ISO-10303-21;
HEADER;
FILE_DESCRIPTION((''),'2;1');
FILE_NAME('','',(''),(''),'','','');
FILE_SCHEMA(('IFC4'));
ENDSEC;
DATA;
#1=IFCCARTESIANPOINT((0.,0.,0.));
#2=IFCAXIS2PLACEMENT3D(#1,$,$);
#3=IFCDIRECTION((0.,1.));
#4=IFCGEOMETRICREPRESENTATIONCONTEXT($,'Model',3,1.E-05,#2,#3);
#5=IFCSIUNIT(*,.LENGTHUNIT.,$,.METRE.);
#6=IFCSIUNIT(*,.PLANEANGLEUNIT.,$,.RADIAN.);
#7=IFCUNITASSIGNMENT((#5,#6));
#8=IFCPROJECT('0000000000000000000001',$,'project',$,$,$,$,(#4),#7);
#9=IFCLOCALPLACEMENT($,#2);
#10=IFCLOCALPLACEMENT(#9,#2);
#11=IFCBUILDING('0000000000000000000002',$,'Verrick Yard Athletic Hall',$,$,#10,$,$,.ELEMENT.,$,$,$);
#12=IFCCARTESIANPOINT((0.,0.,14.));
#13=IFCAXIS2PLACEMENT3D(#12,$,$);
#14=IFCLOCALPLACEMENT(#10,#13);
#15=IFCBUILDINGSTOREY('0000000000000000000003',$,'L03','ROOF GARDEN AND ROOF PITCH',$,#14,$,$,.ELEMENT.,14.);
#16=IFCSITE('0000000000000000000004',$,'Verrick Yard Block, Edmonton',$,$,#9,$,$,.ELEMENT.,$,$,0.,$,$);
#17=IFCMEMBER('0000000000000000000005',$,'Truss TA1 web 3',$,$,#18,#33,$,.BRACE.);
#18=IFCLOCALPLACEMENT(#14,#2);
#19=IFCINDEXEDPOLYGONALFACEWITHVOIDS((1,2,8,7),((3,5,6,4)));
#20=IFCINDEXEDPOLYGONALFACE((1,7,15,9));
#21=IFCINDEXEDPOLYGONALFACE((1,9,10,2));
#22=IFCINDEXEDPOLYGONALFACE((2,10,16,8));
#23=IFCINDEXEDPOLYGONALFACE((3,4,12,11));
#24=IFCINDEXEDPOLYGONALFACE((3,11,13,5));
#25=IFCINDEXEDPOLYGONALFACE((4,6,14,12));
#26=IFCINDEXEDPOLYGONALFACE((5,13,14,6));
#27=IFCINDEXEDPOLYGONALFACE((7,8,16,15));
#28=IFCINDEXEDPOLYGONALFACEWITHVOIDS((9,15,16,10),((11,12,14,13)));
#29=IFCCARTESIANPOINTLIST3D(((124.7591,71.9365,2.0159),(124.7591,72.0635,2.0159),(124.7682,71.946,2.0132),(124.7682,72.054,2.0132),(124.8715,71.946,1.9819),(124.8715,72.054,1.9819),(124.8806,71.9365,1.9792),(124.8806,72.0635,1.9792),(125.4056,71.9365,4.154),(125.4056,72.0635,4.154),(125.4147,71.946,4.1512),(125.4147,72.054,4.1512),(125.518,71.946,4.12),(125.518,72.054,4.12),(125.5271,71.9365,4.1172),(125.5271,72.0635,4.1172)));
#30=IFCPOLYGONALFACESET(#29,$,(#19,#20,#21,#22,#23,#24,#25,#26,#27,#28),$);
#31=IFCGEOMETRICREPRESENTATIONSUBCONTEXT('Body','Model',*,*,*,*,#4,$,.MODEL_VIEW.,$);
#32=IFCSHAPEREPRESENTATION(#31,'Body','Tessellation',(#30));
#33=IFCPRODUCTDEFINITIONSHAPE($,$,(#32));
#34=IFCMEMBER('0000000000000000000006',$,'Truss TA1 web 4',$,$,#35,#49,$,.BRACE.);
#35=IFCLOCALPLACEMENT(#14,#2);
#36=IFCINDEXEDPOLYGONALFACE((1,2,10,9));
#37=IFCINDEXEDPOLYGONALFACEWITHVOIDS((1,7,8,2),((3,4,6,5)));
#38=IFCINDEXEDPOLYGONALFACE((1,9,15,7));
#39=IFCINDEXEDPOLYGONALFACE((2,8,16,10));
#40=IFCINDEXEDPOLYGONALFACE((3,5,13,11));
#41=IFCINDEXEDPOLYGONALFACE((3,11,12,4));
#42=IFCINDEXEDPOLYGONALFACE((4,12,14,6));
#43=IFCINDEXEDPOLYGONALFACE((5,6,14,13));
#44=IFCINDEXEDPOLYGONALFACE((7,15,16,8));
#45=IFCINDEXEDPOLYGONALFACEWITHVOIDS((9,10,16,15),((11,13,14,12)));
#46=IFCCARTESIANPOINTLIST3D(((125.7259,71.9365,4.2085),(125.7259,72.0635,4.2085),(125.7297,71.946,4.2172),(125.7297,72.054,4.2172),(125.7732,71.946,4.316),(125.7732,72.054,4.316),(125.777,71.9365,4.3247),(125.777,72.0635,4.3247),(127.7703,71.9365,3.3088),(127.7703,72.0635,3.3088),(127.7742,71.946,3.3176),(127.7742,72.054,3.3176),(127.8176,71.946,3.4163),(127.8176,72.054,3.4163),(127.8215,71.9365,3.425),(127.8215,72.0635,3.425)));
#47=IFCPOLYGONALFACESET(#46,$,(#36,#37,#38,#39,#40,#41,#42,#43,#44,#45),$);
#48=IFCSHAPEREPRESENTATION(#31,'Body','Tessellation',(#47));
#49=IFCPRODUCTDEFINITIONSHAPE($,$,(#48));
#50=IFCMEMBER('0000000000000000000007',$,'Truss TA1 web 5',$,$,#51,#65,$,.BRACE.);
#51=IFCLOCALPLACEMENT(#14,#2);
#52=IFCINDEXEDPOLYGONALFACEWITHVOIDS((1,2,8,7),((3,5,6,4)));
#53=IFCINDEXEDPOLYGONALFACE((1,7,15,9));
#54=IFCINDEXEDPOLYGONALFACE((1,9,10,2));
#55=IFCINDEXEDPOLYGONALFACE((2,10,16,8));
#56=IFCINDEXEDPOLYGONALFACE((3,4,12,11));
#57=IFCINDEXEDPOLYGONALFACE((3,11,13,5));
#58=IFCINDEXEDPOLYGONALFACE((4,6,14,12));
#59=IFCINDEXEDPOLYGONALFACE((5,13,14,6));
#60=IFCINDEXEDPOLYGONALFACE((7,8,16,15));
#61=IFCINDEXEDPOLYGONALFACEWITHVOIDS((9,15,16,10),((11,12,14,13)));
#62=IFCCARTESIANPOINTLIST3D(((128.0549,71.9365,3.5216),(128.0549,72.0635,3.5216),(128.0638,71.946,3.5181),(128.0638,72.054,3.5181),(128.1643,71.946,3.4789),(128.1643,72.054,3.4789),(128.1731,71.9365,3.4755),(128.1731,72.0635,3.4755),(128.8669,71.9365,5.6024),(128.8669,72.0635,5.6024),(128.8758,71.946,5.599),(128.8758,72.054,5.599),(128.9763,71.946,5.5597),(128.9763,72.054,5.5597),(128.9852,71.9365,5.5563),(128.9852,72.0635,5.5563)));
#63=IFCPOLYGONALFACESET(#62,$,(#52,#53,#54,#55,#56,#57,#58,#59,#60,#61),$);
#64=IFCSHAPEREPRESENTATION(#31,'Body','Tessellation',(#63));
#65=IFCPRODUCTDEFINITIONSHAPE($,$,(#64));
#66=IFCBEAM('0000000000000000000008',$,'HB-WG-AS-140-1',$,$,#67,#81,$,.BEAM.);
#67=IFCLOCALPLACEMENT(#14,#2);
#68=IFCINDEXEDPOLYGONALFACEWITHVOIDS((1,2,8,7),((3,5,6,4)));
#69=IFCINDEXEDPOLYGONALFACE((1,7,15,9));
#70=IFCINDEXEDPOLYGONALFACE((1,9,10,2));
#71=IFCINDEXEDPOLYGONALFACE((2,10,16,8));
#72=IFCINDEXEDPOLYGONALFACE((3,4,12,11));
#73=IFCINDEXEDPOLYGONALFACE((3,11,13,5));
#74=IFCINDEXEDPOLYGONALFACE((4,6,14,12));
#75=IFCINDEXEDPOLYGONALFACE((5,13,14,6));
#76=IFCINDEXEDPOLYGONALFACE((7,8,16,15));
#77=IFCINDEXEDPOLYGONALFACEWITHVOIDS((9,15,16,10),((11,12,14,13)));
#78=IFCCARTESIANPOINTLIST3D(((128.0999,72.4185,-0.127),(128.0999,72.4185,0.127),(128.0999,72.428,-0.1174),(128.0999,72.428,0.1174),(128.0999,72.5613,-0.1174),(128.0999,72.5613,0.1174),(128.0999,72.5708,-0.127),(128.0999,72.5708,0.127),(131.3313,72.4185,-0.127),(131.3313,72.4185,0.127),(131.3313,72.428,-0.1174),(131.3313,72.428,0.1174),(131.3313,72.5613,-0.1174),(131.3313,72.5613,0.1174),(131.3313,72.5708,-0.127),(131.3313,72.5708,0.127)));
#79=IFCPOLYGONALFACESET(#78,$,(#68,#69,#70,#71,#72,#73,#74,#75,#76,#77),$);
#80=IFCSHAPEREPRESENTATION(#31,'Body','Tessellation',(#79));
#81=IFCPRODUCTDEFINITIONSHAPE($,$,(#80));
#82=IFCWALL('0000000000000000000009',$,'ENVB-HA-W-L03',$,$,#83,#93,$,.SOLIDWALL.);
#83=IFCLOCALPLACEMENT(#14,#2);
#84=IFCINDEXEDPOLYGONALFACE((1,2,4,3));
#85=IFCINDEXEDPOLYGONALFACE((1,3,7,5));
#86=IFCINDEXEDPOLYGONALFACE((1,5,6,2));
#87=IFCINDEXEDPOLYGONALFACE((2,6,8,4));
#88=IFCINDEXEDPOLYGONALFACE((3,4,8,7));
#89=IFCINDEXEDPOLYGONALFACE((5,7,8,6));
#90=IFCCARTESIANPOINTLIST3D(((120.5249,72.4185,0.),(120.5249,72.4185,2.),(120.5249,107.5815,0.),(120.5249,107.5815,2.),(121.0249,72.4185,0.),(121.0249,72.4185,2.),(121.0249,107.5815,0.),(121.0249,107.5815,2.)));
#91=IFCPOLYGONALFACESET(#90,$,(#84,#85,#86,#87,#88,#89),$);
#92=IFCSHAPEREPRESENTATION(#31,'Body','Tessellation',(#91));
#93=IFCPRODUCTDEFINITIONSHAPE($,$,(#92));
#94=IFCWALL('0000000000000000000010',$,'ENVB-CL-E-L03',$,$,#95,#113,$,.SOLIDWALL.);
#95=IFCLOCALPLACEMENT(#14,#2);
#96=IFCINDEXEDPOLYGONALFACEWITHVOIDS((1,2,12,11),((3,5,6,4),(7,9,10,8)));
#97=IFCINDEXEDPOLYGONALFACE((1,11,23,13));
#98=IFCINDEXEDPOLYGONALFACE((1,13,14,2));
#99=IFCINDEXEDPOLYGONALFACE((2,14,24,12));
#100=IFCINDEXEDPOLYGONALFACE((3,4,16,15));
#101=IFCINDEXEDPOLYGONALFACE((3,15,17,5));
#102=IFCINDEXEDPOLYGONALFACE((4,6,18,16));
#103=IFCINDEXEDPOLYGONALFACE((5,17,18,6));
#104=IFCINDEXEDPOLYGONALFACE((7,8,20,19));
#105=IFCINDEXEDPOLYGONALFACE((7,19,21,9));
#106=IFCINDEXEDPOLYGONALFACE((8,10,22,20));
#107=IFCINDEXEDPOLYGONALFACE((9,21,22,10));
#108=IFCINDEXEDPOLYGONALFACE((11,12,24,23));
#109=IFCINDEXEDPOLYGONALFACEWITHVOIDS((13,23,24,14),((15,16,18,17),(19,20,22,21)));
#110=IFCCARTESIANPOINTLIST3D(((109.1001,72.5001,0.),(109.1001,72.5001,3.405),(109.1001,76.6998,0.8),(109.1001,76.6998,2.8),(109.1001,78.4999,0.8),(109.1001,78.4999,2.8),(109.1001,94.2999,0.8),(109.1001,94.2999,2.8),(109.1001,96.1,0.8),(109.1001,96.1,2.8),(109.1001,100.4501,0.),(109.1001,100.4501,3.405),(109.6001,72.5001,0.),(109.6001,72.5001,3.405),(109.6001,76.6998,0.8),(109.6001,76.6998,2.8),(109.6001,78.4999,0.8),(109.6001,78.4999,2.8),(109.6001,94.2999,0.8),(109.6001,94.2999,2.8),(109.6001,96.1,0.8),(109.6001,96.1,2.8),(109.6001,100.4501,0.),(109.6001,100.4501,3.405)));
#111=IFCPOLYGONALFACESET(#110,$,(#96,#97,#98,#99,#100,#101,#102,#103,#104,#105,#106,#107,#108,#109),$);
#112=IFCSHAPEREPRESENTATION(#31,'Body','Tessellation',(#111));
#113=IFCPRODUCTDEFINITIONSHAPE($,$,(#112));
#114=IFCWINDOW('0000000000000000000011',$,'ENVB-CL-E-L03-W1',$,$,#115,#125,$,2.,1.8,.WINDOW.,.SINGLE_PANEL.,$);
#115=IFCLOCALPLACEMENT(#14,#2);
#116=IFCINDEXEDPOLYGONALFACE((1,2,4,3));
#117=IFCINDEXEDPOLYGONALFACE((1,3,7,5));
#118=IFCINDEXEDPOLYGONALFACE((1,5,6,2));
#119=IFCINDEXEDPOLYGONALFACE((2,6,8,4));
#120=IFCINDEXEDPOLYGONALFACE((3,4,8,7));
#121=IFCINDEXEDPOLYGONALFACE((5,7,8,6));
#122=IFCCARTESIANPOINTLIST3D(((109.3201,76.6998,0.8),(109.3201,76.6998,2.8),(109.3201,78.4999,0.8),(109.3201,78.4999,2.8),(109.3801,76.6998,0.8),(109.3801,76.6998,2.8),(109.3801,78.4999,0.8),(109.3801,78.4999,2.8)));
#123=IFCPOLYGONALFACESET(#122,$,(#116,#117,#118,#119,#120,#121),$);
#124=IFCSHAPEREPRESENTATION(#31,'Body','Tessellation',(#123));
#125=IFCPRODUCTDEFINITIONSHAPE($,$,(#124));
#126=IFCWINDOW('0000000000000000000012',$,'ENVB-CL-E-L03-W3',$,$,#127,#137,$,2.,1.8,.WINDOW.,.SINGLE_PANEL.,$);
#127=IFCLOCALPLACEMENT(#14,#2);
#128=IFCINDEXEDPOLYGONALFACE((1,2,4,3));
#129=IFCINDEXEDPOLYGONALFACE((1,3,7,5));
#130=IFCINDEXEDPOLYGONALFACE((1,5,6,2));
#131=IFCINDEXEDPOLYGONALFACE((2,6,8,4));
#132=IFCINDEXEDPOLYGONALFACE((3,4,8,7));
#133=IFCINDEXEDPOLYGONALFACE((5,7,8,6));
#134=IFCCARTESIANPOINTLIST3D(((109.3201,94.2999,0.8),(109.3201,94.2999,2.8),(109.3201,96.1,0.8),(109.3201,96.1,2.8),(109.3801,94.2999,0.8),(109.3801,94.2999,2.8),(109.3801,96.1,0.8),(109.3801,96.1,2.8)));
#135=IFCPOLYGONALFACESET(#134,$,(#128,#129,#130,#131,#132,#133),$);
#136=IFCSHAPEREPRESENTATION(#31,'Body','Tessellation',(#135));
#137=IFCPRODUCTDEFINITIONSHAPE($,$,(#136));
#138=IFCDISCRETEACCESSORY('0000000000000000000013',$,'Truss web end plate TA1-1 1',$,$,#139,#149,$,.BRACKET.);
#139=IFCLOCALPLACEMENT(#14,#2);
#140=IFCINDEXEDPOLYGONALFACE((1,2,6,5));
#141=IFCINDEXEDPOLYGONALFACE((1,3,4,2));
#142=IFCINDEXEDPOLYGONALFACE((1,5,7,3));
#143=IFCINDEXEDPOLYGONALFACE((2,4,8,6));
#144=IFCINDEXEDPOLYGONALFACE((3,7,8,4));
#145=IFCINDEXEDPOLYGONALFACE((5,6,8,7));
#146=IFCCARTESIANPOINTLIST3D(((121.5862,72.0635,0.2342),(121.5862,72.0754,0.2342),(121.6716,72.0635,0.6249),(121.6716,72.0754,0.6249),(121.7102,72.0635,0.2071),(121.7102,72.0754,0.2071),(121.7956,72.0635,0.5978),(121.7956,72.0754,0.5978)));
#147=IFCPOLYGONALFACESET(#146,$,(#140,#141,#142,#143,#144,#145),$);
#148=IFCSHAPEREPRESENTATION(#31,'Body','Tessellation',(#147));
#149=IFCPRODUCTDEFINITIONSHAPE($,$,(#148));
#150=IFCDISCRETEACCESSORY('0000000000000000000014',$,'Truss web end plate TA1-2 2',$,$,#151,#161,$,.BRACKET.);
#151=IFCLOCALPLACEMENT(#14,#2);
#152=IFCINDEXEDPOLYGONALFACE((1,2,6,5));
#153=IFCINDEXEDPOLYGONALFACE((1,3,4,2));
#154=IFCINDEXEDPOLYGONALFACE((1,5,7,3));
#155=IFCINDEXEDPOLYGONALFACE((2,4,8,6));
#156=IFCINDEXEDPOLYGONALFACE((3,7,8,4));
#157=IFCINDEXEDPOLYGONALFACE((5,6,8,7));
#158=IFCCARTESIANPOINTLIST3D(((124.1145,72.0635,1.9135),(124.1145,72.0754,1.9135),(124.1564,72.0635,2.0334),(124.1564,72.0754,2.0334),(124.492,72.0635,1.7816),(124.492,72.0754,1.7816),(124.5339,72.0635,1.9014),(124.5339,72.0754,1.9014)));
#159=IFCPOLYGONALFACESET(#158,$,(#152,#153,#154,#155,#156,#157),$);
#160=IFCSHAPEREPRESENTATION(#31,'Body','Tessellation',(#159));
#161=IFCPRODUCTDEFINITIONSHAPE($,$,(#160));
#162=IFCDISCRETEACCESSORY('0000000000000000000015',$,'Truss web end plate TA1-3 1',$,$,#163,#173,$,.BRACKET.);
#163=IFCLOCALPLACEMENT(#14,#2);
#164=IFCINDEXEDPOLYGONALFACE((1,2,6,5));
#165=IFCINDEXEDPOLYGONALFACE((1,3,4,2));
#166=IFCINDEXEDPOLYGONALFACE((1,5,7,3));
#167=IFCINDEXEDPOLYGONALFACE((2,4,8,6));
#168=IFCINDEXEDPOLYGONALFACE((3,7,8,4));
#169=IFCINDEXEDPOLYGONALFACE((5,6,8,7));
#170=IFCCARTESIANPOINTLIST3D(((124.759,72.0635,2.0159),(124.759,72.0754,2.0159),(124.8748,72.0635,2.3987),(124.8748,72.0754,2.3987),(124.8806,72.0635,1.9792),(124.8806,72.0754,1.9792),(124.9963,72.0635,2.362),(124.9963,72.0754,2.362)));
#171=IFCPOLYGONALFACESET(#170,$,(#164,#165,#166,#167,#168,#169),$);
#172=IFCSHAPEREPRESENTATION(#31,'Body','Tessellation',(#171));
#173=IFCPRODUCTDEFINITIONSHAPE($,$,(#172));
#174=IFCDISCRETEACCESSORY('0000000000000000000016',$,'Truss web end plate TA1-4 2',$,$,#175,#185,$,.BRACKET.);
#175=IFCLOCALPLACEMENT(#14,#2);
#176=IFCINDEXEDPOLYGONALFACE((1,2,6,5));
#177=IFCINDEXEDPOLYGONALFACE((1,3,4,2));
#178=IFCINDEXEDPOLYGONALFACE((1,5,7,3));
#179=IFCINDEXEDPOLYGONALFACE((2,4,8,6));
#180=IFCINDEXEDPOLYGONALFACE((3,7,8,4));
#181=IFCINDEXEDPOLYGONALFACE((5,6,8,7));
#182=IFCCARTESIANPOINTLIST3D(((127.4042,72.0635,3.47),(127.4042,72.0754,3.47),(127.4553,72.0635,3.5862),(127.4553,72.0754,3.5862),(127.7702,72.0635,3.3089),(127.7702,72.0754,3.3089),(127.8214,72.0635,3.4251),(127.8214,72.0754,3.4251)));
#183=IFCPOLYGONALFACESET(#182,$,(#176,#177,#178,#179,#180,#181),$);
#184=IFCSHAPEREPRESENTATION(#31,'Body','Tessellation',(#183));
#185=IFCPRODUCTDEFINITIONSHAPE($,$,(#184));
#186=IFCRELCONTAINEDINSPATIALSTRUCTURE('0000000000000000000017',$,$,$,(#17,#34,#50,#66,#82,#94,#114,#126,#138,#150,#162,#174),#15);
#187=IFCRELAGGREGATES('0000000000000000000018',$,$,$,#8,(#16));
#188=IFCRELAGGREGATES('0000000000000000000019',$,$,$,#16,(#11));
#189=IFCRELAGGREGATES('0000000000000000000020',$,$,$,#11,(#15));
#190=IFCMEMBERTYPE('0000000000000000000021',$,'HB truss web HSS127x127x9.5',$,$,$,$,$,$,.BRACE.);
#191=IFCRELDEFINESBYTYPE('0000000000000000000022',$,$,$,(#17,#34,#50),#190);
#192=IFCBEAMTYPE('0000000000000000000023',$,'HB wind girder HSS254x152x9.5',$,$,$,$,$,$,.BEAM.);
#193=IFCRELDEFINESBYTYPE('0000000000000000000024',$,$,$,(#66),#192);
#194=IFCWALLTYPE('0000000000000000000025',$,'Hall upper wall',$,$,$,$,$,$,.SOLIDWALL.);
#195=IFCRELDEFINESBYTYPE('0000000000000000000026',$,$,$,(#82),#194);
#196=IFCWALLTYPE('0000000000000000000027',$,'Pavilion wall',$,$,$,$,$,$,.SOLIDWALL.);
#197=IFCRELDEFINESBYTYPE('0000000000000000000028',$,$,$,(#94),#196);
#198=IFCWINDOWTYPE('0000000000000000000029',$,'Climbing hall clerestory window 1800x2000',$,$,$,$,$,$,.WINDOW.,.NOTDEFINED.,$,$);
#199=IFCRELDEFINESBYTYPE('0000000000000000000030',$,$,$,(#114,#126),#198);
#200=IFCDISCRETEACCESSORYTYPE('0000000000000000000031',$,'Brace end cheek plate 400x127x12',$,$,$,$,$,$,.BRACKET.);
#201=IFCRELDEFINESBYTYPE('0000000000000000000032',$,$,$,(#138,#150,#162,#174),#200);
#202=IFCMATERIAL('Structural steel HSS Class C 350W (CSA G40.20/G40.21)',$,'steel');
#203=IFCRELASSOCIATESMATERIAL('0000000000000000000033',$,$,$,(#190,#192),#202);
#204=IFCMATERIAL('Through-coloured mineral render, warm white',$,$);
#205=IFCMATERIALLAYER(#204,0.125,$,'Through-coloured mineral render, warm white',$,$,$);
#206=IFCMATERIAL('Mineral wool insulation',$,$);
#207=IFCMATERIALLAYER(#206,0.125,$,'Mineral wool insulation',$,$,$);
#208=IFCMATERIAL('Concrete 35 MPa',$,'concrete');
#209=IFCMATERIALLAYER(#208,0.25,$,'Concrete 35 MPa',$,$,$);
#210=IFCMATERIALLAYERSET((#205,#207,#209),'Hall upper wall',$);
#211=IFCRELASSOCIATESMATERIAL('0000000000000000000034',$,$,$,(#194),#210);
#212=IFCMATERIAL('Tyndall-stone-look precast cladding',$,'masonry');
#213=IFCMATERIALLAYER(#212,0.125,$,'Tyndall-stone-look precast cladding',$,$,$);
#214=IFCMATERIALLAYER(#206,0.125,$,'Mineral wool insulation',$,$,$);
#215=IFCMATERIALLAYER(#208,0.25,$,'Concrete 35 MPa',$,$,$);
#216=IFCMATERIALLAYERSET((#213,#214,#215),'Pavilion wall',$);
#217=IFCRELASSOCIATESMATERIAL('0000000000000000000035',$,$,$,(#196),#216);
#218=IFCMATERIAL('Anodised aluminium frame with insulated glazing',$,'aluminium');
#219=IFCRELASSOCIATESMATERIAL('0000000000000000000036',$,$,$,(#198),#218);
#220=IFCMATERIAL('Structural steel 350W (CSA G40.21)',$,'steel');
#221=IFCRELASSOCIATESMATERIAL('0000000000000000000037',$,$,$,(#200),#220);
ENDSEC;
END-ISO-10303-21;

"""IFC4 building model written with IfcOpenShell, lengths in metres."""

from ifc_helpers import new_model, si_unit, direction, frame, frame_2d, origin, origin_2d, place, context, subcontext, project, spatial, rectangle, hollow_rectangle, extrude, material, layer, layer_set, material_profile, profile_set, type_object, element, fill, save


model = new_model("IFC4")

# Units and contexts
model_context = context("Model", 3, precision=1e-05, world=origin(), true_north=direction((0.0, 1.0)))
body_context = subcontext(model_context, "Body", "Model", "MODEL_VIEW")
ifc_project = project(units=[si_unit("LENGTHUNIT", "METRE"), si_unit("PLANEANGLEUNIT", "RADIAN")], contexts=[model_context])

# Site, building, storey
site_placement = place(None, origin())
site = spatial("IfcSite", under=ifc_project, at=site_placement, Name="Verrick Yard Block, Edmonton", CompositionType="ELEMENT", RefElevation=0.0)
building_placement = place(site_placement, origin())
building = spatial("IfcBuilding", under=site, at=building_placement, Name="Verrick Yard Athletic Hall", CompositionType="ELEMENT")
storey_placement = place(building_placement, frame((0.0, 0.0, 14.0)))
storey = spatial("IfcBuildingStorey", under=building, at=storey_placement, Name="L03", Description="ROOF GARDEN AND ROOF PITCH", CompositionType="ELEMENT", Elevation=14.0)

# Members
ifc_material_1 = material(Name="Structural steel HSS Class C 350W (CSA G40.20/G40.21)", Category="steel")
ifc_material_profile_1 = material_profile(ifc_material_1, hollow_rectangle(XDim=0.127, YDim=0.127, WallThickness=0.0095, at=origin_2d()), Name="HSS127x127x9.5")
ifc_profile_set_1 = profile_set([ifc_material_profile_1], Name="Structural steel HSS Class C 350W (CSA G40.20/G40.21)")
member_type_1 = type_object("IfcMemberType", Name="HB truss web HSS127x127x9.5", PredefinedType="BRACE", material=ifc_profile_set_1)
for number, where, z_axis, x_axis, name in (
    (1, (124.8198, 72.0, 1.9976), (0.289443, 0.0, 0.957195), (0.0, 1.0, 0.0), "Truss TA1 web 3"),
    (2, (125.7515, 72.0, 4.2666), (0.915297, 0.0, -0.402779), (0.0, 1.0, 0.0), "Truss TA1 web 4"),
    (3, (128.114, 72.0, 3.4985), (0.363538, 0.0, 0.931579), (0.0, 1.0, 0.0), "Truss TA1 web 5"),
):
    element("IfcMember", number, at=place(storey_placement, frame(where, z_axis=z_axis, x_axis=x_axis)), inside=storey, type_object=member_type_1, Name=name, PredefinedType="BRACE", context=body_context, shape_type="SweptSolid", body=[
        extrude(hollow_rectangle(XDim=0.127, YDim=0.127, WallThickness=0.0095, at=origin_2d()), origin(), (0.0, 0.0, 1.0), 2.2336),
    ])

# Beam
ifc_material_profile_2 = material_profile(ifc_material_1, hollow_rectangle(XDim=0.1523, YDim=0.2539, WallThickness=0.0095, at=origin_2d()), Name="HSS254x152x9.5")
ifc_profile_set_2 = profile_set([ifc_material_profile_2], Name="Structural steel HSS Class C 350W (CSA G40.20/G40.21)")
beam_type = type_object("IfcBeamType", Name="HB wind girder HSS254x152x9.5", PredefinedType="BEAM", material=ifc_profile_set_2)
beam_placement = place(storey_placement, frame((128.0999, 72.4946, 0.0), z_axis=(1.0, 0.0, 0.0), x_axis=(0.0, 1.0, 0.0)))
element("IfcBeam", 4, at=beam_placement, inside=storey, type_object=beam_type, Name="HB-WG-AS-140-1", PredefinedType="BEAM", context=body_context, shape_type="SweptSolid", body=[
    extrude(hollow_rectangle(XDim=0.1523, YDim=0.2539, WallThickness=0.0095, at=origin_2d()), origin(), (0.0, 0.0, 1.0), 3.2314),
])

# Wall
ifc_material_2 = material(Name="Through-coloured mineral render, warm white")
ifc_layer_1 = layer(ifc_material_2, 0.125, Name="Through-coloured mineral render, warm white")
ifc_material_3 = material(Name="Mineral wool insulation")
ifc_layer_2 = layer(ifc_material_3, 0.125, Name="Mineral wool insulation")
ifc_material_4 = material(Name="Concrete 35 MPa", Category="concrete")
ifc_layer_3 = layer(ifc_material_4, 0.25, Name="Concrete 35 MPa")
ifc_layer_set_1 = layer_set([ifc_layer_1, ifc_layer_2, ifc_layer_3], Name="Hall upper wall")
wall_type_1 = type_object("IfcWallType", Name="Hall upper wall", PredefinedType="SOLIDWALL", material=ifc_layer_set_1)
wall_1_placement = place(storey_placement, frame((120.7749, 72.4185, 0.0), z_axis=(0.0, 0.0, 1.0), x_axis=(0.0, 1.0, 0.0)))
element("IfcWall", 5, at=wall_1_placement, inside=storey, type_object=wall_type_1, Name="ENVB-HA-W-L03", PredefinedType="SOLIDWALL", context=body_context, shape_type="SweptSolid", body=[
    extrude(rectangle(XDim=35.1631, YDim=0.5, at=frame_2d((17.5815, 0.0))), origin(), (0.0, 0.0, 1.0), 2.0),
])

# Wall, openings, windows
ifc_material_5 = material(Name="Tyndall-stone-look precast cladding", Category="masonry")
ifc_layer_4 = layer(ifc_material_5, 0.125, Name="Tyndall-stone-look precast cladding")
ifc_layer_5 = layer(ifc_material_3, 0.125, Name="Mineral wool insulation")
ifc_layer_6 = layer(ifc_material_4, 0.25, Name="Concrete 35 MPa")
ifc_layer_set_2 = layer_set([ifc_layer_4, ifc_layer_5, ifc_layer_6], Name="Pavilion wall")
wall_type_2 = type_object("IfcWallType", Name="Pavilion wall", PredefinedType="SOLIDWALL", material=ifc_layer_set_2)
wall_2_placement = place(storey_placement, frame((109.3501, 72.5, 0.0), z_axis=(0.0, 0.0, 1.0), x_axis=(0.0, 1.0, 0.0)))
wall_2 = element("IfcWall", 6, at=wall_2_placement, inside=storey, type_object=wall_type_2, Name="ENVB-CL-E-L03", PredefinedType="SOLIDWALL", context=body_context, shape_type="SweptSolid", body=[
    extrude(rectangle(XDim=27.95, YDim=0.5, at=frame_2d((13.9751, 0.0))), origin(), (0.0, 0.0, 1.0), 3.405),
])
opening_1_placement = place(wall_2_placement, frame((4.2, 0.0, 0.8)))
opening_1 = element("IfcOpeningElement", 7, at=opening_1_placement, cuts=wall_2, PredefinedType="OPENING", context=body_context, shape_type="SweptSolid", body=[
    extrude(rectangle(XDim=1.8, YDim=2.0, at=frame_2d((0.8999, 1.0))), frame((0.0, 0.26, 0.0), z_axis=(0.0, -1.0, 0.0), x_axis=(1.0, 0.0, 0.0)), (0.0, 0.0, 1.0), 0.52),
])
opening_2_placement = place(wall_2_placement, frame((21.8, 0.0, 0.8)))
opening_2 = element("IfcOpeningElement", 8, at=opening_2_placement, cuts=wall_2, PredefinedType="OPENING", context=body_context, shape_type="SweptSolid", body=[
    extrude(rectangle(XDim=1.8, YDim=2.0, at=frame_2d((0.8999, 1.0))), frame((0.0, 0.26, 0.0), z_axis=(0.0, -1.0, 0.0), x_axis=(1.0, 0.0, 0.0)), (0.0, 0.0, 1.0), 0.52),
])
ifc_material_6 = material(Name="Anodised aluminium frame with insulated glazing", Category="aluminium")
window_type = type_object("IfcWindowType", Name="Climbing hall clerestory window 1800x2000", PartitioningType="NOTDEFINED", PredefinedType="WINDOW", material=ifc_material_6)
window_1_placement = place(opening_1_placement, origin())
window_1 = element("IfcWindow", 9, at=window_1_placement, inside=storey, type_object=window_type, Name="ENVB-CL-E-L03-W1", OverallHeight=2.0, OverallWidth=1.8, PartitioningType="SINGLE_PANEL", PredefinedType="WINDOW", context=body_context, shape_type="SweptSolid", body=[
    extrude(rectangle(XDim=1.8, YDim=2.0, at=frame_2d((0.8999, 1.0))), frame((0.0, 0.03, 0.0), z_axis=(0.0, -1.0, 0.0), x_axis=(1.0, 0.0, 0.0)), (0.0, 0.0, 1.0), 0.0601),
])
fill(opening_1, window_1)
window_2_placement = place(opening_2_placement, origin())
window_2 = element("IfcWindow", 10, at=window_2_placement, inside=storey, type_object=window_type, Name="ENVB-CL-E-L03-W3", OverallHeight=2.0, OverallWidth=1.8, PartitioningType="SINGLE_PANEL", PredefinedType="WINDOW", context=body_context, shape_type="SweptSolid", body=[
    extrude(rectangle(XDim=1.8, YDim=2.0, at=frame_2d((0.8999, 1.0))), frame((0.0, 0.03, 0.0), z_axis=(0.0, -1.0, 0.0), x_axis=(1.0, 0.0, 0.0)), (0.0, 0.0, 1.0), 0.0601),
])
fill(opening_2, window_2)

# Discrete accessories
ifc_material_7 = material(Name="Structural steel 350W (CSA G40.21)", Category="steel")
ifc_material_profile_3 = material_profile(ifc_material_7, rectangle(XDim=0.3999, YDim=0.127, at=origin_2d()), Name="Brace end cheek plate")
ifc_profile_set_3 = profile_set([ifc_material_profile_3], Name="Structural steel 350W (CSA G40.21)")
discrete_accessory_type_1 = type_object("IfcDiscreteAccessoryType", Name="Brace end cheek plate 400x127x12", PredefinedType="BRACKET", material=ifc_profile_set_3)
for number, where, z_axis, x_axis, name in (
    (11, (121.6909, 72.0635, 0.416), (0.0, 1.0, 0.0), (0.213605, 0.0, 0.97692), "Truss web end plate TA1-1 1"),
    (12, (124.3242, 72.0635, 1.9075), (0.0, 1.0, 0.0), (-0.944026, 0.0, 0.329872), "Truss web end plate TA1-2 2"),
    (13, (124.8777, 72.0635, 2.189), (0.0, 1.0, 0.0), (0.289473, 0.0, 0.957186), "Truss web end plate TA1-3 1"),
    (14, (127.6128, 72.0635, 3.4475), (0.0, 1.0, 0.0), (-0.915285, 0.0, 0.402806), "Truss web end plate TA1-4 2"),
):
    element("IfcDiscreteAccessory", number, at=place(storey_placement, frame(where, z_axis=z_axis, x_axis=x_axis)), inside=storey, type_object=discrete_accessory_type_1, Name=name, PredefinedType="BRACKET", context=body_context, shape_type="SweptSolid", body=[
        extrude(rectangle(XDim=0.3999, YDim=0.127, at=origin_2d()), origin(), (0.0, 0.0, 1.0), 0.012),
    ])

save(model, "model.ifc")
